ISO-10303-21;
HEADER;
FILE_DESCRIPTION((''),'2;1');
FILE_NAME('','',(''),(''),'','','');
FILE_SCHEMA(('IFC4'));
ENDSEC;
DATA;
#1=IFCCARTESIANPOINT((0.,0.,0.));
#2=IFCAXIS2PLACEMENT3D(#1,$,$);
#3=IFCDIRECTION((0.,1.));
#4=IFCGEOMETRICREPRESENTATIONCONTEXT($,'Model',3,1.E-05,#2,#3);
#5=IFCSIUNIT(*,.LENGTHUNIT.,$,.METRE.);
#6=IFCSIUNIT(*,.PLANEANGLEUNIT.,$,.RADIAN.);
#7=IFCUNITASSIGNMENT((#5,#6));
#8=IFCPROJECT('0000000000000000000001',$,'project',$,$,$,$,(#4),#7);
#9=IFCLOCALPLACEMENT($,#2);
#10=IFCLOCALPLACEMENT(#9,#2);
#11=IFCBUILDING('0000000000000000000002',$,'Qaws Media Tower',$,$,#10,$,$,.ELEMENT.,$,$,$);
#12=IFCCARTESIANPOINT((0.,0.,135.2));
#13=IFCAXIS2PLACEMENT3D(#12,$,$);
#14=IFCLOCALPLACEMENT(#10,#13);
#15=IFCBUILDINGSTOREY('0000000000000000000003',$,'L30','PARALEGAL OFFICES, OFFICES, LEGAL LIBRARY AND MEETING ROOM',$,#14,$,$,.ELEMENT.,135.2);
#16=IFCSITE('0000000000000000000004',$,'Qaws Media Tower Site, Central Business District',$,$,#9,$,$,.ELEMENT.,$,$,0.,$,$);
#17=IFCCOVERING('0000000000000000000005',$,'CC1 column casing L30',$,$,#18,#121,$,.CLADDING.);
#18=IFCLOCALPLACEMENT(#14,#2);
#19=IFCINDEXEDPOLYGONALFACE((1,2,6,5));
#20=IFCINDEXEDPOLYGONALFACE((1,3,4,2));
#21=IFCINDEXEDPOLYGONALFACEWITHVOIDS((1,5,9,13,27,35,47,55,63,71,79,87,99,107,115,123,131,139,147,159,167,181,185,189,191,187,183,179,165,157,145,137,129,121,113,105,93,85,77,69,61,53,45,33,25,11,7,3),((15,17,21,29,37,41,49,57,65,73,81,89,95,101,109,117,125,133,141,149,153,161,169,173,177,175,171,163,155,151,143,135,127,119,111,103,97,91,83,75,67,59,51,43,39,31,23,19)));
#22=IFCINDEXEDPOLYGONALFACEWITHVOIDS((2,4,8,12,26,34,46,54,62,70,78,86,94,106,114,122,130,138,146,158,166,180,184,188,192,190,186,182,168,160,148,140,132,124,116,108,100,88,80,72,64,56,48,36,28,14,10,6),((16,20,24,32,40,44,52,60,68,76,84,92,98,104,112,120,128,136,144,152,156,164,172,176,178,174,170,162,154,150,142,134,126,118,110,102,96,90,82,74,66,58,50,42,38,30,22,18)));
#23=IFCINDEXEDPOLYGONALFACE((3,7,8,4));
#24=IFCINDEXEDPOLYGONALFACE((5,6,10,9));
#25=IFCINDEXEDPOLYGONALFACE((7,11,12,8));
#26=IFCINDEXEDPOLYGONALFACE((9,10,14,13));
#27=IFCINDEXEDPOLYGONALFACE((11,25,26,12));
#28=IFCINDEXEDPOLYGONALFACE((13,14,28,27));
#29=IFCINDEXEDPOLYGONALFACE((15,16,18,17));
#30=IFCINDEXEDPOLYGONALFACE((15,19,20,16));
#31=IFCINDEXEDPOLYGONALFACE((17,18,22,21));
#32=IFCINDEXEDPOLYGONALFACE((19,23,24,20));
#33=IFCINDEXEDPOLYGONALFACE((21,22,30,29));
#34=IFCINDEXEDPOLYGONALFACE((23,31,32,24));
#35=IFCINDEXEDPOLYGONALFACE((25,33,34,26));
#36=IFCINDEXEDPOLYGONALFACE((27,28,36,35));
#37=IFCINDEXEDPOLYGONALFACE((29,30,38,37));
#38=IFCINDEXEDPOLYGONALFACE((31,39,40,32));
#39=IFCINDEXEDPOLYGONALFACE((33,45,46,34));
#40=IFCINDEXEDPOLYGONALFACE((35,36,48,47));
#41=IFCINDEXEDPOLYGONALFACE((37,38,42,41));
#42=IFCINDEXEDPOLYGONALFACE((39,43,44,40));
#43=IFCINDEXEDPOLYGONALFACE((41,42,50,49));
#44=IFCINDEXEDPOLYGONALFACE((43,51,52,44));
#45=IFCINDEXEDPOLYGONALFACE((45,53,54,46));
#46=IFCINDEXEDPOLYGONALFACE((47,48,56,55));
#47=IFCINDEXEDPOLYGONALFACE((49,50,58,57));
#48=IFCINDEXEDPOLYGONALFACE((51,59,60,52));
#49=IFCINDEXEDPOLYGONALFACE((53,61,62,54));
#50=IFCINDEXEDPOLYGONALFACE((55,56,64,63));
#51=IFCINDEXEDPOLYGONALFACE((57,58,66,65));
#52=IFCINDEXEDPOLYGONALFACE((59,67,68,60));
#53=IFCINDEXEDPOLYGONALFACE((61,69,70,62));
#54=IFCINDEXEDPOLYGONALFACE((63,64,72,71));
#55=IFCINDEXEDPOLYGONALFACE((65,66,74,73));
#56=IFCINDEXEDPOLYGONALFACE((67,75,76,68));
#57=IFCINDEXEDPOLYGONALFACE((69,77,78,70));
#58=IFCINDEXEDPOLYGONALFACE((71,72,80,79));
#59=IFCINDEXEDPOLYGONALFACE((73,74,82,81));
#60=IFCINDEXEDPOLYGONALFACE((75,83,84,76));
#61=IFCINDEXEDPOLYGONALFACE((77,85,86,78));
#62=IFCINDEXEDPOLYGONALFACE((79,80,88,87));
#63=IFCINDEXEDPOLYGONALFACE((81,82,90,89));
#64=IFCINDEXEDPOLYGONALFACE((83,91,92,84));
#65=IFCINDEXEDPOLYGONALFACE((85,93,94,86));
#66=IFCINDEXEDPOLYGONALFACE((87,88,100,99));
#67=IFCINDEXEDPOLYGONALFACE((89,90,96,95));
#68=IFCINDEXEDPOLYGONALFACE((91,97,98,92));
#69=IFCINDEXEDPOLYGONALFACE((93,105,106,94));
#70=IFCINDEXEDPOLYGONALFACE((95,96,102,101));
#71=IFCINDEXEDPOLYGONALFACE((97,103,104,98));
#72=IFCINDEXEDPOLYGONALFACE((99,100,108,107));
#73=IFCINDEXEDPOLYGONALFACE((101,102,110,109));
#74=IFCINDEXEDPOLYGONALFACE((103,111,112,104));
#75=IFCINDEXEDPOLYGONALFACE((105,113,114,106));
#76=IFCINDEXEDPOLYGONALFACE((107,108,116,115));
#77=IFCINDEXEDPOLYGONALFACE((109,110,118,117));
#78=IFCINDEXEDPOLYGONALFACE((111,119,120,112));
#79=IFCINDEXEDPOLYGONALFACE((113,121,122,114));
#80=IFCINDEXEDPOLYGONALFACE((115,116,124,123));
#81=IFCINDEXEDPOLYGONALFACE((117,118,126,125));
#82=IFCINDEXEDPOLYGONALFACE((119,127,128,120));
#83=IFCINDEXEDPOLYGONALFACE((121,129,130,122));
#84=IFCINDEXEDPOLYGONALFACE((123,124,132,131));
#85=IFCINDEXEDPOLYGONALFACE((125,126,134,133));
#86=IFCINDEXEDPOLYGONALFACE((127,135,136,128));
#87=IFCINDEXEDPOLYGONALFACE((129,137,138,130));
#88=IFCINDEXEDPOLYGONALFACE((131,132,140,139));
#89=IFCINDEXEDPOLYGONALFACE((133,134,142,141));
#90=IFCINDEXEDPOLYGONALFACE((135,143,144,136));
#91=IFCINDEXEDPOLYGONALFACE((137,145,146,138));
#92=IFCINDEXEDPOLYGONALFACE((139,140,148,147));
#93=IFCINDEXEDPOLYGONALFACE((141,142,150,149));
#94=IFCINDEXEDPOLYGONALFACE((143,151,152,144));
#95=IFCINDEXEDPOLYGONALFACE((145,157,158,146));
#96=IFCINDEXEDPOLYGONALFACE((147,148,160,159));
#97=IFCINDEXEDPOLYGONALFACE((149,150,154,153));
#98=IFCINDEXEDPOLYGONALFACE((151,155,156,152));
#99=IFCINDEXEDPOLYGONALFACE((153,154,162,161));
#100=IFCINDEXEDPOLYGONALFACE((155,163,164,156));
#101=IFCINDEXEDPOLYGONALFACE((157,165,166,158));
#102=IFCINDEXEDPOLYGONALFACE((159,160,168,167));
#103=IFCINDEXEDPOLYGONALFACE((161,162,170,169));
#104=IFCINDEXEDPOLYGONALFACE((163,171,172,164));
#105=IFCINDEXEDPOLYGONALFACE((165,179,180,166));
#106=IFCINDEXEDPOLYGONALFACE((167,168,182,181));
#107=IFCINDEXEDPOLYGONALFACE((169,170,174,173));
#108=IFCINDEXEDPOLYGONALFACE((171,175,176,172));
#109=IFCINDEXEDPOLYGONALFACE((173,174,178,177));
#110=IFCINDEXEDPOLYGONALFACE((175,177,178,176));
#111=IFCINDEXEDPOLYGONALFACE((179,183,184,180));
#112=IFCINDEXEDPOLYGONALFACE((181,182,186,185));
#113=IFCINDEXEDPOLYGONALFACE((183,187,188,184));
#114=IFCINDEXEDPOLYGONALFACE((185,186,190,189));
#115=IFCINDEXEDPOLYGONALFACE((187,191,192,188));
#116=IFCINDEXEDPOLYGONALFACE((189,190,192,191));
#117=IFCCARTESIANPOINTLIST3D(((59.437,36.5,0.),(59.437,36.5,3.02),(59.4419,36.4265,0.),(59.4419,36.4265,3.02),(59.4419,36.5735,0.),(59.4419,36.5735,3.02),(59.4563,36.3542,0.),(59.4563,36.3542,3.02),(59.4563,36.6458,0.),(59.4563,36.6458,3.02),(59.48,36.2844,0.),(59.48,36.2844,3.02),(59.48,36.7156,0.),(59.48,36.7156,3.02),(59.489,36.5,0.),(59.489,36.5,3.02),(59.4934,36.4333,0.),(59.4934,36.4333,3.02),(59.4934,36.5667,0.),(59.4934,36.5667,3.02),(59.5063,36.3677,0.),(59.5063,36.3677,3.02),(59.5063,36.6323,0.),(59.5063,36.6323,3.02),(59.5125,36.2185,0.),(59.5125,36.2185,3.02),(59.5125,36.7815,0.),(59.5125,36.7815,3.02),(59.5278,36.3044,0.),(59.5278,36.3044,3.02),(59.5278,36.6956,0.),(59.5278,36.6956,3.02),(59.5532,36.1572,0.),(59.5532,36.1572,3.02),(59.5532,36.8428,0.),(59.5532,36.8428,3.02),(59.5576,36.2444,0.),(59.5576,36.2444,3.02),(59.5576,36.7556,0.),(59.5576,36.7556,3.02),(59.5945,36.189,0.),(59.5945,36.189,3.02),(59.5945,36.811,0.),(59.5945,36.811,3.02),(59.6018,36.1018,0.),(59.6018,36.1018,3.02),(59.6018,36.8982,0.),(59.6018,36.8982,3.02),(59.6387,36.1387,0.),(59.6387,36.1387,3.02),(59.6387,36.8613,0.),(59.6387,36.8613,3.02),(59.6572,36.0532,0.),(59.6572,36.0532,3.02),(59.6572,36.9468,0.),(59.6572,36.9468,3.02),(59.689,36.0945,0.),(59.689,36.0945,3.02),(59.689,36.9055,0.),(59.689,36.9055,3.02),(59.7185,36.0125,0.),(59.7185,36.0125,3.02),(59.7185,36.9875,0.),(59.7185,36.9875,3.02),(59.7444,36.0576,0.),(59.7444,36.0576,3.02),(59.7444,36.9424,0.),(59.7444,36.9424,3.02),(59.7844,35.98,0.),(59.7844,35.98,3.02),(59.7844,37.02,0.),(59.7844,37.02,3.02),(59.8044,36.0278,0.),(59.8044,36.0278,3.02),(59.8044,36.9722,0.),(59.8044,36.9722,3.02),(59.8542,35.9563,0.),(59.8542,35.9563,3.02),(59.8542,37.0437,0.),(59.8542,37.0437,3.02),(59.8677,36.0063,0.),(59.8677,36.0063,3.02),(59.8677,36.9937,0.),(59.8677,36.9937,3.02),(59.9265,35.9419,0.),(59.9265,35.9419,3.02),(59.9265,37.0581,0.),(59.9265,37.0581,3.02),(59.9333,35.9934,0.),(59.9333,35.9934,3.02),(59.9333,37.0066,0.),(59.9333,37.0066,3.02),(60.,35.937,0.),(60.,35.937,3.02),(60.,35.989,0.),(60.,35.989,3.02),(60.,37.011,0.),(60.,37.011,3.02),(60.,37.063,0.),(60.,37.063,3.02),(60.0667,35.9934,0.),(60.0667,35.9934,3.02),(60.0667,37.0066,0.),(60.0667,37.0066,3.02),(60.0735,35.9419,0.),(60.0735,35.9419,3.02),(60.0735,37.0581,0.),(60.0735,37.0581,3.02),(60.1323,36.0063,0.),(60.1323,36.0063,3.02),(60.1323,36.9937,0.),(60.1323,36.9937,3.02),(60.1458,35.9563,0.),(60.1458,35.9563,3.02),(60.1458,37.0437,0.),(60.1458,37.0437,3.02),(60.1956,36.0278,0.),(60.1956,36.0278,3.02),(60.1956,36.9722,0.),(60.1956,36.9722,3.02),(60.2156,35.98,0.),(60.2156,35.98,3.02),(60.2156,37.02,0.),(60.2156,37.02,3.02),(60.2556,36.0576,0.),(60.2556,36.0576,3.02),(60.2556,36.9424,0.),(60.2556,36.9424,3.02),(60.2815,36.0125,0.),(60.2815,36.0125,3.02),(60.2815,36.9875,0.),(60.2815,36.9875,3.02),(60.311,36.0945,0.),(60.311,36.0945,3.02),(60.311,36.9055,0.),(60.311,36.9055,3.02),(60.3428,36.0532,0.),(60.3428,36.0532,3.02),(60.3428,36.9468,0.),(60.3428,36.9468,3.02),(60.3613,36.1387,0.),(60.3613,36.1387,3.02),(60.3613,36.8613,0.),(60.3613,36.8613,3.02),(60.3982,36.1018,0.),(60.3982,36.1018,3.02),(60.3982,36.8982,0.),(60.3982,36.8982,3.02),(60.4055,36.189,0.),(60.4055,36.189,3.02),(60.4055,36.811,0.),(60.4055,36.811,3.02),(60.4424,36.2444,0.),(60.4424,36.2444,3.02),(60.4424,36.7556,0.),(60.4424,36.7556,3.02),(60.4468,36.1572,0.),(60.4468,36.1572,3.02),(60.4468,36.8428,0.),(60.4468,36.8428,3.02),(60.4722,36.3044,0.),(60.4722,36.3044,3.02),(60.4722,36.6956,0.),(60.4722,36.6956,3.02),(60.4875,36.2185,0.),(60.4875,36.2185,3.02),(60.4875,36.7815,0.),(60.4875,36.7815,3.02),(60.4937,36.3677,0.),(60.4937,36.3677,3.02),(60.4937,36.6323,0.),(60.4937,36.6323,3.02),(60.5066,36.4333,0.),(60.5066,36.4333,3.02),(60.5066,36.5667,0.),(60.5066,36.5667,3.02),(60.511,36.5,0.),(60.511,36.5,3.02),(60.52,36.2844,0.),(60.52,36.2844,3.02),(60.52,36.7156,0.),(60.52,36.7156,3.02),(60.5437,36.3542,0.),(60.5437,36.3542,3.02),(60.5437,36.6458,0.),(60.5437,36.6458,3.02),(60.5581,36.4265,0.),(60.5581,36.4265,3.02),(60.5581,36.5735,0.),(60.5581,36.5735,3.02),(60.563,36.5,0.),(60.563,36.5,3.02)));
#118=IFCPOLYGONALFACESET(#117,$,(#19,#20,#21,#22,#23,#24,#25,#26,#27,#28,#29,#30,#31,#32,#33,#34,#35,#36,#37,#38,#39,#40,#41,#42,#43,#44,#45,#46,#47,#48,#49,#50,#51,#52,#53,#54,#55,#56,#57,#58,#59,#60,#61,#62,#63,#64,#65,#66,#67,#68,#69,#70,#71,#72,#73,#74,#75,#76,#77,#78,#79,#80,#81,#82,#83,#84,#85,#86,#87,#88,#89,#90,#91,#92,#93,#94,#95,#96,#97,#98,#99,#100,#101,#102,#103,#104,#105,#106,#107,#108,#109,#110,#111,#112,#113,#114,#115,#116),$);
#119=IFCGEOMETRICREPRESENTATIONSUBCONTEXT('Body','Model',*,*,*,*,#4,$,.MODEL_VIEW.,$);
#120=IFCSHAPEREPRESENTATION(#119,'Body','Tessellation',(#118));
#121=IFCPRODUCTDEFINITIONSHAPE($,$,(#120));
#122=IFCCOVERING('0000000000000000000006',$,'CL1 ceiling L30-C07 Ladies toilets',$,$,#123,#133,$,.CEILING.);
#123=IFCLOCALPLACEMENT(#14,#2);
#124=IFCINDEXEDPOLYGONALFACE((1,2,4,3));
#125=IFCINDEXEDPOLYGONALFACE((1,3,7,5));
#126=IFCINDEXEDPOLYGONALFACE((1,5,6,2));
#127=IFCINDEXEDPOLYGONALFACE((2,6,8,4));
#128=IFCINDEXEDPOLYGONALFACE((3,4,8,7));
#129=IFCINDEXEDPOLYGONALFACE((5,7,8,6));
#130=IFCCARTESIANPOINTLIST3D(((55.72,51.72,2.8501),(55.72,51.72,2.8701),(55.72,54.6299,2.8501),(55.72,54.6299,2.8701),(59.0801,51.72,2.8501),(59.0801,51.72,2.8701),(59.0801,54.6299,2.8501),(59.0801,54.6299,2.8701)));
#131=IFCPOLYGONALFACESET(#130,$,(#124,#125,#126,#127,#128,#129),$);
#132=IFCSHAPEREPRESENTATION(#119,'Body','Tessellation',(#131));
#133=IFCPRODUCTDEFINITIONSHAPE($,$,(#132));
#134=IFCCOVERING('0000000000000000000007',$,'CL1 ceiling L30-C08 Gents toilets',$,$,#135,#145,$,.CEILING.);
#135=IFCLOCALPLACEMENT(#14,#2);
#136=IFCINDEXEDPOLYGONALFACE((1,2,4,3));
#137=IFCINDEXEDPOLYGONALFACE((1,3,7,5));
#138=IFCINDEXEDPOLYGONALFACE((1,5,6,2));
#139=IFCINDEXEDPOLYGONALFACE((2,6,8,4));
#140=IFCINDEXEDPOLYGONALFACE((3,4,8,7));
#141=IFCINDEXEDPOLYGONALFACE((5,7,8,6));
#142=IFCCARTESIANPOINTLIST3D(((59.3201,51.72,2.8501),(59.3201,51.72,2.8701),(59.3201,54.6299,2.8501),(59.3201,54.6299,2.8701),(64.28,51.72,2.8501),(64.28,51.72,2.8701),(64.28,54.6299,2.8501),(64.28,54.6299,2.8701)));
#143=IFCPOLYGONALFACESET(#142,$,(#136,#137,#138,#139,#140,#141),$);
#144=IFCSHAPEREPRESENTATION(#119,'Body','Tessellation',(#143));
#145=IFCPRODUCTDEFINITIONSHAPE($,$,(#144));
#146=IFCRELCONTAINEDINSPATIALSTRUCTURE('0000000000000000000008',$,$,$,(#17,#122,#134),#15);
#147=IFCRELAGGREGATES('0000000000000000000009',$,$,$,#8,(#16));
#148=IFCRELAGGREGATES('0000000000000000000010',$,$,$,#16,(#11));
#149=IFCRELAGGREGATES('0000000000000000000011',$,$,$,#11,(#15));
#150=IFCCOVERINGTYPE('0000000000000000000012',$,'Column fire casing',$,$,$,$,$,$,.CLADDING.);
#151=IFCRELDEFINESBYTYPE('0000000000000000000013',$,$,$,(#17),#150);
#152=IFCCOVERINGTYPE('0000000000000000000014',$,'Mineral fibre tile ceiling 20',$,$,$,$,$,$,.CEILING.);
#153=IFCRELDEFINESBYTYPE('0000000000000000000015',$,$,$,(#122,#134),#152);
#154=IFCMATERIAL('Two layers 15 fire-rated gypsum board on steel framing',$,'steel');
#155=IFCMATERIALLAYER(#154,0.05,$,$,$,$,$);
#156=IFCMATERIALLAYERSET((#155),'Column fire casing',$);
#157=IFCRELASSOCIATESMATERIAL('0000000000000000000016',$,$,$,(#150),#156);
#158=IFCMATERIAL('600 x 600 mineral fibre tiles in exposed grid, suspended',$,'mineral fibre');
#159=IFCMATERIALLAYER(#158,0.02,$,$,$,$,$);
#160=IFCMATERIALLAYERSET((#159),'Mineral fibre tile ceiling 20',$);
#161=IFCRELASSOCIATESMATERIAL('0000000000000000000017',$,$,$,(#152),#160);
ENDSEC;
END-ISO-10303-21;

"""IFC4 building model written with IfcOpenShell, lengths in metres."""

from ifc_helpers import new_model, si_unit, direction, frame, origin, place, context, subcontext, project, spatial, polyline, outline, extrude, material, layer, layer_set, type_object, element, save


model = new_model("IFC4")

# Units and contexts
model_context = context("Model", 3, precision=1e-05, world=origin(), true_north=direction((0.0, 1.0)))
body_context = subcontext(model_context, "Body", "Model", "MODEL_VIEW")
ifc_project = project(units=[si_unit("LENGTHUNIT", "METRE"), si_unit("PLANEANGLEUNIT", "RADIAN")], contexts=[model_context])

# Site, building, storey
site_placement = place(None, origin())
site = spatial("IfcSite", under=ifc_project, at=site_placement, Name="Qaws Media Tower Site, Central Business District", CompositionType="ELEMENT", RefElevation=0.0)
building_placement = place(site_placement, origin())
building = spatial("IfcBuilding", under=site, at=building_placement, Name="Qaws Media Tower", CompositionType="ELEMENT")
storey_placement = place(building_placement, frame((0.0, 0.0, 135.2)))
storey = spatial("IfcBuildingStorey", under=building, at=storey_placement, Name="L30", Description="PARALEGAL OFFICES, OFFICES, LEGAL LIBRARY AND MEETING ROOM", CompositionType="ELEMENT", Elevation=135.2)

# Coverings
ifc_material_1 = material(Name="Two layers 15 fire-rated gypsum board on steel framing", Category="steel")
ifc_layer_1 = layer(ifc_material_1, 0.05)
ifc_layer_set_1 = layer_set([ifc_layer_1], Name="Column fire casing")
covering_type_1 = type_object("IfcCoveringType", Name="Column fire casing", PredefinedType="CLADDING", material=ifc_layer_set_1)
covering_1_placement = place(storey_placement, origin())
element("IfcCovering", 1, at=covering_1_placement, inside=storey, type_object=covering_type_1, Name="CC1 column casing L30", PredefinedType="CLADDING", context=body_context, shape_type="SweptSolid", body=[
    extrude(outline(polyline([(60.563, 36.5), (60.5581, 36.4265), (60.5437, 36.3542), (60.52, 36.2844), (60.4875, 36.2185), (60.4468, 36.1572), (60.3982, 36.1018), (60.3428, 36.0532), (60.2815, 36.0125), (60.2156, 35.98), (60.1458, 35.9563), (60.0735, 35.9419), (60.0, 35.937), (59.9265, 35.9419), (59.8542, 35.9563), (59.7844, 35.98), (59.7185, 36.0125), (59.6572, 36.0532), (59.6018, 36.1018), (59.5532, 36.1572), (59.5125, 36.2185), (59.48, 36.2844), (59.4563, 36.3542), (59.4419, 36.4265), (59.437, 36.5), (59.4419, 36.5735), (59.4563, 36.6458), (59.48, 36.7156), (59.5125, 36.7815), (59.5532, 36.8428), (59.6018, 36.8982), (59.6572, 36.9468), (59.7185, 36.9875), (59.7844, 37.02), (59.8542, 37.0437), (59.9265, 37.0581), (60.0, 37.063), (60.0735, 37.0581), (60.1458, 37.0437), (60.2156, 37.02), (60.2815, 36.9875), (60.3428, 36.9468), (60.3982, 36.8982), (60.4468, 36.8428), (60.4875, 36.7815), (60.52, 36.7156), (60.5437, 36.6458), (60.5581, 36.5735), (60.563, 36.5)]), holes=[polyline([(60.511, 36.5), (60.5066, 36.4333), (60.4937, 36.3677), (60.4722, 36.3044), (60.4424, 36.2444), (60.4055, 36.189), (60.3613, 36.1387), (60.311, 36.0945), (60.2556, 36.0576), (60.1956, 36.0278), (60.1323, 36.0063), (60.0667, 35.9934), (60.0, 35.989), (59.9333, 35.9934), (59.8677, 36.0063), (59.8044, 36.0278), (59.7444, 36.0576), (59.689, 36.0945), (59.6387, 36.1387), (59.5945, 36.189), (59.5576, 36.2444), (59.5278, 36.3044), (59.5063, 36.3677), (59.4934, 36.4333), (59.489, 36.5), (59.4934, 36.5667), (59.5063, 36.6323), (59.5278, 36.6956), (59.5576, 36.7556), (59.5945, 36.811), (59.6387, 36.8613), (59.689, 36.9055), (59.7444, 36.9424), (59.8044, 36.9722), (59.8677, 36.9937), (59.9333, 37.0066), (60.0, 37.011), (60.0667, 37.0066), (60.1323, 36.9937), (60.1956, 36.9722), (60.2556, 36.9424), (60.311, 36.9055), (60.3613, 36.8613), (60.4055, 36.811), (60.4424, 36.7556), (60.4722, 36.6956), (60.4937, 36.6323), (60.5066, 36.5667), (60.511, 36.5)])]), origin(), (0.0, 0.0, 1.0), 3.02),
])
ifc_material_2 = material(Name="600 x 600 mineral fibre tiles in exposed grid, suspended", Category="mineral fibre")
ifc_layer_2 = layer(ifc_material_2, 0.02)
ifc_layer_set_2 = layer_set([ifc_layer_2], Name="Mineral fibre tile ceiling 20")
covering_type_2 = type_object("IfcCoveringType", Name="Mineral fibre tile ceiling 20", PredefinedType="CEILING", material=ifc_layer_set_2)
covering_2_placement = place(storey_placement, frame((0.0, 0.0, 2.8501)))
element("IfcCovering", 2, at=covering_2_placement, inside=storey, type_object=covering_type_2, Name="CL1 ceiling L30-C07 Ladies toilets", PredefinedType="CEILING", context=body_context, shape_type="SweptSolid", body=[
    extrude(outline(polyline([(55.72, 51.72), (55.72, 54.6299), (59.0801, 54.6299), (59.0801, 51.72), (55.72, 51.72)])), origin(), (0.0, 0.0, 1.0), 0.02),
])
covering_3_placement = place(storey_placement, frame((0.0, 0.0, 2.8501)))
element("IfcCovering", 3, at=covering_3_placement, inside=storey, type_object=covering_type_2, Name="CL1 ceiling L30-C08 Gents toilets", PredefinedType="CEILING", context=body_context, shape_type="SweptSolid", body=[
    extrude(outline(polyline([(59.3201, 51.72), (59.3201, 54.6299), (64.28, 54.6299), (64.28, 51.72), (59.3201, 51.72)])), origin(), (0.0, 0.0, 1.0), 0.02),
])

save(model, "model.ifc")
